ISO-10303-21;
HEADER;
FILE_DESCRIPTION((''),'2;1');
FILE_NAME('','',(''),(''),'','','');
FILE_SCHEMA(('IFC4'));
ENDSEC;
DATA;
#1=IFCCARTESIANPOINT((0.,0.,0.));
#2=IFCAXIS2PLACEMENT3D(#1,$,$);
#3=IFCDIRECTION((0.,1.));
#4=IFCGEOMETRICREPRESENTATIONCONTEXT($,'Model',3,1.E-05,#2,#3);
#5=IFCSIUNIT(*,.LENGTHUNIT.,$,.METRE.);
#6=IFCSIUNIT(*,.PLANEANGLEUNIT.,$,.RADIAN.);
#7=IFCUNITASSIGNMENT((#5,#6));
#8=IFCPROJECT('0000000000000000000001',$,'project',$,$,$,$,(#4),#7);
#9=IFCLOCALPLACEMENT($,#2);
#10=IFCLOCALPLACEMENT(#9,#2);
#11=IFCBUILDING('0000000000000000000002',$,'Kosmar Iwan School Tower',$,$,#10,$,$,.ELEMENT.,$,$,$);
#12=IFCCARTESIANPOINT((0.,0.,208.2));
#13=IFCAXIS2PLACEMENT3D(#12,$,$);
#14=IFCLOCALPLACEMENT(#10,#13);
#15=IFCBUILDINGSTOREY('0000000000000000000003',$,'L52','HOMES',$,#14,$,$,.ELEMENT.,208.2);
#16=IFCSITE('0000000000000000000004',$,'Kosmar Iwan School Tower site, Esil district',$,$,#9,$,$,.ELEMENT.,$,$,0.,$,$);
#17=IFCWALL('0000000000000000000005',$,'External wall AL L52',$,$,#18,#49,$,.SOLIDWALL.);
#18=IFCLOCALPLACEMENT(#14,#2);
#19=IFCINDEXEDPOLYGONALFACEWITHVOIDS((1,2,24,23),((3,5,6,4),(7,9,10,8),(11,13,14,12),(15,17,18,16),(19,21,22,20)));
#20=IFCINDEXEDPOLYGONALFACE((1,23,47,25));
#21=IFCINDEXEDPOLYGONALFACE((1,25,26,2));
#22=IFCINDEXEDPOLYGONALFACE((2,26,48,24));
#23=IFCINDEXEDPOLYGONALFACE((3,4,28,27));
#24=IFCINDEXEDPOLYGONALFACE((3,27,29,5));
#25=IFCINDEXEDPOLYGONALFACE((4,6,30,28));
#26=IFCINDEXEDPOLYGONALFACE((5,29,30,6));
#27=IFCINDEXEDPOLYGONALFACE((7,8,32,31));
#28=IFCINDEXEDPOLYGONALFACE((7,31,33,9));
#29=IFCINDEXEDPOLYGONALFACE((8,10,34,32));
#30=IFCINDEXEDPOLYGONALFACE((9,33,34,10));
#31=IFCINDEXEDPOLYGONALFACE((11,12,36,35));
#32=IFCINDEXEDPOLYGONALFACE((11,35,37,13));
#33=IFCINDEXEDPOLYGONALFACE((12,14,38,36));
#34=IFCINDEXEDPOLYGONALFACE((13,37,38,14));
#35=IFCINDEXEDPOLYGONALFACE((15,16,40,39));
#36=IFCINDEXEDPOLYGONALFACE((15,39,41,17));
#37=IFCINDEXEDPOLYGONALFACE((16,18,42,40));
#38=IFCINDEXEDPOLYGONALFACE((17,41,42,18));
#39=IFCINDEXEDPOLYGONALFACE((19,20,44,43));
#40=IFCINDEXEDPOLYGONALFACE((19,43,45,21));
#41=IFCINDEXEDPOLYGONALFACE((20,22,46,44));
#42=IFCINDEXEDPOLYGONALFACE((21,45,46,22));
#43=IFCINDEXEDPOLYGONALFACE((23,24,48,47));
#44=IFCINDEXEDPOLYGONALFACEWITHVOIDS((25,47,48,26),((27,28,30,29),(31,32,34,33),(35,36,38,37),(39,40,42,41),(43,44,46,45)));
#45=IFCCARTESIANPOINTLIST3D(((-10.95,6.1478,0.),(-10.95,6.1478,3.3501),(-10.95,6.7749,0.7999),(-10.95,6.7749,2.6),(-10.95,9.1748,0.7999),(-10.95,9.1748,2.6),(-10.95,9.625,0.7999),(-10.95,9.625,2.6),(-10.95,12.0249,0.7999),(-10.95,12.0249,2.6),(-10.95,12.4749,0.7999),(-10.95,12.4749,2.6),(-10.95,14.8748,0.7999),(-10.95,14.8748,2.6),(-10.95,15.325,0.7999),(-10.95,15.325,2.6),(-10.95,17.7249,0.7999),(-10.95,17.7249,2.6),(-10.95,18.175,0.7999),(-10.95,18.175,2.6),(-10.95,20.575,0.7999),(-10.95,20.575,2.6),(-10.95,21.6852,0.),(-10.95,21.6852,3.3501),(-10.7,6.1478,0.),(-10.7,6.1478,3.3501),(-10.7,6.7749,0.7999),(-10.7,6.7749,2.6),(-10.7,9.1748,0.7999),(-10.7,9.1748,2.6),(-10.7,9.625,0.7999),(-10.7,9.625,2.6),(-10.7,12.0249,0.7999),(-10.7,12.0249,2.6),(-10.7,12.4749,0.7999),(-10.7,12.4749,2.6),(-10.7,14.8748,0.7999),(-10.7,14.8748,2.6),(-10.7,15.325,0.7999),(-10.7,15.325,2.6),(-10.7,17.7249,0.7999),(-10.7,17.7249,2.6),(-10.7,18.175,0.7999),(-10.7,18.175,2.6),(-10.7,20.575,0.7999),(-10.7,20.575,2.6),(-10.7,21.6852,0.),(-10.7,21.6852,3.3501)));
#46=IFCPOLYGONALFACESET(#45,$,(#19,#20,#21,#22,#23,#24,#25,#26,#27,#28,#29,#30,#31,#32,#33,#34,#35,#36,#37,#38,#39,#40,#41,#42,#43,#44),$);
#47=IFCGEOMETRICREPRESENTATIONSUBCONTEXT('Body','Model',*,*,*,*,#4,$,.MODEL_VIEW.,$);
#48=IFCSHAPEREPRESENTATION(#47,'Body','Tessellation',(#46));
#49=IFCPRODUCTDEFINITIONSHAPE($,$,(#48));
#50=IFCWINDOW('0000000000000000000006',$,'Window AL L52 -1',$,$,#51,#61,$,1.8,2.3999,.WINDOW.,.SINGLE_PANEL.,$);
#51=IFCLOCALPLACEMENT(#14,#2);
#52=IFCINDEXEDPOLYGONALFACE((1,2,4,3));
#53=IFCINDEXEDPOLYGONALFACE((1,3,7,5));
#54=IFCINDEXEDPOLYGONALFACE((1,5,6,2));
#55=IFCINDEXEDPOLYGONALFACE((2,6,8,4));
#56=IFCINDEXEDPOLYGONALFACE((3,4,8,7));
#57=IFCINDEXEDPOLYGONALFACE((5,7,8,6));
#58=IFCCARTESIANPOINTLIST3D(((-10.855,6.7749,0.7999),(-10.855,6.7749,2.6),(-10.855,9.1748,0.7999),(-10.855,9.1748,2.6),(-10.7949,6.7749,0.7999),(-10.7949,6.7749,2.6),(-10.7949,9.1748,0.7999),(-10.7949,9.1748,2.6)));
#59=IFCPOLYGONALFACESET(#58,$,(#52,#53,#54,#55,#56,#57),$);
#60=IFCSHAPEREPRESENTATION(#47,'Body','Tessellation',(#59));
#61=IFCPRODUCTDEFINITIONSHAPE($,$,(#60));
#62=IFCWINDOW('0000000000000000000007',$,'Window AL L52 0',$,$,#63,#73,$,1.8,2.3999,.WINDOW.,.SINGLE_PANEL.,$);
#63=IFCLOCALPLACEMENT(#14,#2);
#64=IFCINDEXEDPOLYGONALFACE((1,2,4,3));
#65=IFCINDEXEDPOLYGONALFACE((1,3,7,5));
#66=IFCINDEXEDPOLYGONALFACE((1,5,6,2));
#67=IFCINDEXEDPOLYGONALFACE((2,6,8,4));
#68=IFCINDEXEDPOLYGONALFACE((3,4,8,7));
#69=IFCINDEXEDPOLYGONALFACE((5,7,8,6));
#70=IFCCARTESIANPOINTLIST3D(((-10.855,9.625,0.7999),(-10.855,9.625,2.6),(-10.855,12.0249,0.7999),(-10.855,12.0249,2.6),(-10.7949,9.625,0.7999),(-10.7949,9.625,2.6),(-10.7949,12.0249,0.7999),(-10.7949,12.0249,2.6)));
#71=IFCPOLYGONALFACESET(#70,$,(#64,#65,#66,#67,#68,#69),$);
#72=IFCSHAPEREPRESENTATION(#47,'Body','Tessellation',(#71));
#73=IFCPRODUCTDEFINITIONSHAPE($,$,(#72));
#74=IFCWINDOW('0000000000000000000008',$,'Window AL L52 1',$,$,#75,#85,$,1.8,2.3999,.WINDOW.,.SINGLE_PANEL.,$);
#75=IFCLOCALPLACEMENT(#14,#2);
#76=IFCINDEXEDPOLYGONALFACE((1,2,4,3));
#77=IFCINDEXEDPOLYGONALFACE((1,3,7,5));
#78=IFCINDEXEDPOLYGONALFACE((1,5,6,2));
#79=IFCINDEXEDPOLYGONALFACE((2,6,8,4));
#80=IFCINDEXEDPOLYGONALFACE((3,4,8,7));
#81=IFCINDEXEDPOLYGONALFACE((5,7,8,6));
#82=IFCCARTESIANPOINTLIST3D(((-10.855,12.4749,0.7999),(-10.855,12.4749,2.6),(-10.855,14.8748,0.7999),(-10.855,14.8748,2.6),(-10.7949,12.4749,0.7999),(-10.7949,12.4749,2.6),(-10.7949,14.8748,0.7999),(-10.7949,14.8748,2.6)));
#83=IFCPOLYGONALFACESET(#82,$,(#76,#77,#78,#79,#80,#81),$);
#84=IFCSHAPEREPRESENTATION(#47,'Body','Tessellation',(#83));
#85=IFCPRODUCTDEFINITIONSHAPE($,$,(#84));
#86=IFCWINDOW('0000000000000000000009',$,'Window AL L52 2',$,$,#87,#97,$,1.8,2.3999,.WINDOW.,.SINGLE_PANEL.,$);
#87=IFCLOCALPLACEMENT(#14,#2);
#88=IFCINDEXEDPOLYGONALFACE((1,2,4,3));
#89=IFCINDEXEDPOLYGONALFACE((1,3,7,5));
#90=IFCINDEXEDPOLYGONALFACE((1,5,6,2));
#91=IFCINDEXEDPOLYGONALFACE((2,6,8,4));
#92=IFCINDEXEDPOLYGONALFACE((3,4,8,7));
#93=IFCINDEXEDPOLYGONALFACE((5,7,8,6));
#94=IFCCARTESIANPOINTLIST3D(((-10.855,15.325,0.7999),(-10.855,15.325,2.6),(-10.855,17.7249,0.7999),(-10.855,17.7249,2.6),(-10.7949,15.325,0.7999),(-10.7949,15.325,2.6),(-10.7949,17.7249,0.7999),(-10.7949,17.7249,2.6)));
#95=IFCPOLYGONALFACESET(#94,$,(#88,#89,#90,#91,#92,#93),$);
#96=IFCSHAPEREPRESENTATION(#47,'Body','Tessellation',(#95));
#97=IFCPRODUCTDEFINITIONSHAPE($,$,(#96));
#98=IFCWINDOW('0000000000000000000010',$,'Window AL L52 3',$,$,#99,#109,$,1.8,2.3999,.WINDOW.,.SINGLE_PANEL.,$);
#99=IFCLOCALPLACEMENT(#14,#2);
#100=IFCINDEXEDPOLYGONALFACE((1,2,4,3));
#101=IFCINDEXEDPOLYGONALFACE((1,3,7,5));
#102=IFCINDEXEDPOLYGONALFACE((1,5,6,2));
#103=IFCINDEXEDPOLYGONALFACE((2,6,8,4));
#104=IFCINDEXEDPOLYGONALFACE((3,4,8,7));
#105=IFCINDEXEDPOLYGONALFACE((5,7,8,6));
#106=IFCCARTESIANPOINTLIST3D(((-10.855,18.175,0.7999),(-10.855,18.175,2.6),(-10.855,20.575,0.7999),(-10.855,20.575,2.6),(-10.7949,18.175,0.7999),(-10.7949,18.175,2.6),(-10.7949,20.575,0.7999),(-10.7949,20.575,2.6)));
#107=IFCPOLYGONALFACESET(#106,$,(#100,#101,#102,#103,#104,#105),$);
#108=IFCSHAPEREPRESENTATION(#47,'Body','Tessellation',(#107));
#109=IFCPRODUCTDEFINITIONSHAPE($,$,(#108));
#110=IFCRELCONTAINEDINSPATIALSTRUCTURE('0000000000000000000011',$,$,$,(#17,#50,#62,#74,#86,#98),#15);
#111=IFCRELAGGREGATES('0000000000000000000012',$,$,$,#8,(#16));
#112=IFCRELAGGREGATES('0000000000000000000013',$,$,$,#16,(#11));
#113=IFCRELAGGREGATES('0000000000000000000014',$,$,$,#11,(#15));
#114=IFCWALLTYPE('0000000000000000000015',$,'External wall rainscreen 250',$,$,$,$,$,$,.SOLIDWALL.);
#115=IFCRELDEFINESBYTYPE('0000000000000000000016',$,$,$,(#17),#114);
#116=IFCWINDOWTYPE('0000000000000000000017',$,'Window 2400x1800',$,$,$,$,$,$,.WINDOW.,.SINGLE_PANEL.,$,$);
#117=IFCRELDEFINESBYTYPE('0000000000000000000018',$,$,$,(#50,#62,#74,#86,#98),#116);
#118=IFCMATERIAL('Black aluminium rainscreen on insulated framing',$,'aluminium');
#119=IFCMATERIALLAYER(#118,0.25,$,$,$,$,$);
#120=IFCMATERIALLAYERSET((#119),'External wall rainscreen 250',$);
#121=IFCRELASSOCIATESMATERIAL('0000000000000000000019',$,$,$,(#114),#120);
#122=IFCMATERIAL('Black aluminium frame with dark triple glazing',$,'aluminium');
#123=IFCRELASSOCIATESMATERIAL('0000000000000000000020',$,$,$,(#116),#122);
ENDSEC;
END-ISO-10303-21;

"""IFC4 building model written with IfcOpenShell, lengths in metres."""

from ifc_helpers import new_model, si_unit, direction, frame, frame_2d, origin, place, context, subcontext, project, spatial, rectangle, extrude, material, layer, layer_set, type_object, element, fill, save


model = new_model("IFC4")

# Units and contexts
model_context = context("Model", 3, precision=1e-05, world=origin(), true_north=direction((0.0, 1.0)))
body_context = subcontext(model_context, "Body", "Model", "MODEL_VIEW")
ifc_project = project(units=[si_unit("LENGTHUNIT", "METRE"), si_unit("PLANEANGLEUNIT", "RADIAN")], contexts=[model_context])

# Site, building, storey
site_placement = place(None, origin())
site = spatial("IfcSite", under=ifc_project, at=site_placement, Name="Kosmar Iwan School Tower site, Esil district", CompositionType="ELEMENT", RefElevation=0.0)
building_placement = place(site_placement, origin())
building = spatial("IfcBuilding", under=site, at=building_placement, Name="Kosmar Iwan School Tower", CompositionType="ELEMENT")
storey_placement = place(building_placement, frame((0.0, 0.0, 208.2)))
storey = spatial("IfcBuildingStorey", under=building, at=storey_placement, Name="L52", Description="HOMES", CompositionType="ELEMENT", Elevation=208.2)

# Wall, openings, windows
ifc_material_1 = material(Name="Black aluminium rainscreen on insulated framing", Category="aluminium")
ifc_layer_1 = layer(ifc_material_1, 0.25)
ifc_layer_set_1 = layer_set([ifc_layer_1], Name="External wall rainscreen 250")
wall_type_1 = type_object("IfcWallType", Name="External wall rainscreen 250", PredefinedType="SOLIDWALL", material=ifc_layer_set_1)
wall_1_placement = place(storey_placement, frame((-10.825, 6.1479, 0.0), z_axis=(0.0, 0.0, 1.0), x_axis=(0.0, 1.0, 0.0)))
wall_1 = element("IfcWall", 1, at=wall_1_placement, inside=storey, type_object=wall_type_1, Name="External wall AL L52", PredefinedType="SOLIDWALL", context=body_context, shape_type="SweptSolid", body=[
    extrude(rectangle(XDim=15.5374, YDim=0.25, at=frame_2d((7.7686, 0.0))), origin(), (0.0, 0.0, 1.0), 3.3501),
])
opening_1_placement = place(wall_1_placement, frame((0.627, 0.0, 0.8)))
opening_1 = element("IfcOpeningElement", 2, at=opening_1_placement, cuts=wall_1, PredefinedType="OPENING", context=body_context, shape_type="SweptSolid", body=[
    extrude(rectangle(XDim=2.3999, YDim=1.8, at=frame_2d((1.2, 0.8999))), frame((0.0, 0.137, 0.0), z_axis=(0.0, -1.0, 0.0), x_axis=(1.0, 0.0, 0.0)), (0.0, 0.0, 1.0), 0.2739),
])
opening_2_placement = place(wall_1_placement, frame((3.4771, 0.0, 0.8)))
opening_2 = element("IfcOpeningElement", 3, at=opening_2_placement, cuts=wall_1, PredefinedType="OPENING", context=body_context, shape_type="SweptSolid", body=[
    extrude(rectangle(XDim=2.3999, YDim=1.8, at=frame_2d((1.2, 0.8999))), frame((0.0, 0.137, 0.0), z_axis=(0.0, -1.0, 0.0), x_axis=(1.0, 0.0, 0.0)), (0.0, 0.0, 1.0), 0.2739),
])
opening_3_placement = place(wall_1_placement, frame((6.3269, 0.0, 0.8)))
opening_3 = element("IfcOpeningElement", 4, at=opening_3_placement, cuts=wall_1, PredefinedType="OPENING", context=body_context, shape_type="SweptSolid", body=[
    extrude(rectangle(XDim=2.3999, YDim=1.8, at=frame_2d((1.2, 0.8999))), frame((0.0, 0.137, 0.0), z_axis=(0.0, -1.0, 0.0), x_axis=(1.0, 0.0, 0.0)), (0.0, 0.0, 1.0), 0.2739),
])
opening_4_placement = place(wall_1_placement, frame((9.177, 0.0, 0.8)))
opening_4 = element("IfcOpeningElement", 5, at=opening_4_placement, cuts=wall_1, PredefinedType="OPENING", context=body_context, shape_type="SweptSolid", body=[
    extrude(rectangle(XDim=2.3999, YDim=1.8, at=frame_2d((1.2, 0.8999))), frame((0.0, 0.137, 0.0), z_axis=(0.0, -1.0, 0.0), x_axis=(1.0, 0.0, 0.0)), (0.0, 0.0, 1.0), 0.2739),
])
opening_5_placement = place(wall_1_placement, frame((12.0271, 0.0, 0.8)))
opening_5 = element("IfcOpeningElement", 6, at=opening_5_placement, cuts=wall_1, PredefinedType="OPENING", context=body_context, shape_type="SweptSolid", body=[
    extrude(rectangle(XDim=2.3999, YDim=1.8, at=frame_2d((1.2, 0.8999))), frame((0.0, 0.137, 0.0), z_axis=(0.0, -1.0, 0.0), x_axis=(1.0, 0.0, 0.0)), (0.0, 0.0, 1.0), 0.2739),
])
ifc_material_2 = material(Name="Black aluminium frame with dark triple glazing", Category="aluminium")
window_type = type_object("IfcWindowType", Name="Window 2400x1800", PartitioningType="SINGLE_PANEL", PredefinedType="WINDOW", material=ifc_material_2)
window_1_placement = place(opening_1_placement, origin())
window_1 = element("IfcWindow", 7, at=window_1_placement, inside=storey, type_object=window_type, Name="Window AL L52 -1", OverallHeight=1.8, OverallWidth=2.3999, PartitioningType="SINGLE_PANEL", PredefinedType="WINDOW", context=body_context, shape_type="SweptSolid", body=[
    extrude(rectangle(XDim=2.3999, YDim=1.8, at=frame_2d((1.2, 0.8999))), frame((0.0, 0.03, 0.0), z_axis=(0.0, -1.0, 0.0), x_axis=(1.0, 0.0, 0.0)), (0.0, 0.0, 1.0), 0.0601),
])
fill(opening_1, window_1)
window_2_placement = place(opening_2_placement, origin())
window_2 = element("IfcWindow", 8, at=window_2_placement, inside=storey, type_object=window_type, Name="Window AL L52 0", OverallHeight=1.8, OverallWidth=2.3999, PartitioningType="SINGLE_PANEL", PredefinedType="WINDOW", context=body_context, shape_type="SweptSolid", body=[
    extrude(rectangle(XDim=2.3999, YDim=1.8, at=frame_2d((1.2, 0.8999))), frame((0.0, 0.03, 0.0), z_axis=(0.0, -1.0, 0.0), x_axis=(1.0, 0.0, 0.0)), (0.0, 0.0, 1.0), 0.0601),
])
fill(opening_2, window_2)
window_3_placement = place(opening_3_placement, origin())
window_3 = element("IfcWindow", 9, at=window_3_placement, inside=storey, type_object=window_type, Name="Window AL L52 1", OverallHeight=1.8, OverallWidth=2.3999, PartitioningType="SINGLE_PANEL", PredefinedType="WINDOW", context=body_context, shape_type="SweptSolid", body=[
    extrude(rectangle(XDim=2.3999, YDim=1.8, at=frame_2d((1.2, 0.8999))), frame((0.0, 0.03, 0.0), z_axis=(0.0, -1.0, 0.0), x_axis=(1.0, 0.0, 0.0)), (0.0, 0.0, 1.0), 0.0601),
])
fill(opening_3, window_3)
window_4_placement = place(opening_4_placement, origin())
window_4 = element("IfcWindow", 10, at=window_4_placement, inside=storey, type_object=window_type, Name="Window AL L52 2", OverallHeight=1.8, OverallWidth=2.3999, PartitioningType="SINGLE_PANEL", PredefinedType="WINDOW", context=body_context, shape_type="SweptSolid", body=[
    extrude(rectangle(XDim=2.3999, YDim=1.8, at=frame_2d((1.2, 0.8999))), frame((0.0, 0.03, 0.0), z_axis=(0.0, -1.0, 0.0), x_axis=(1.0, 0.0, 0.0)), (0.0, 0.0, 1.0), 0.0601),
])
fill(opening_4, window_4)
window_5_placement = place(opening_5_placement, origin())
window_5 = element("IfcWindow", 11, at=window_5_placement, inside=storey, type_object=window_type, Name="Window AL L52 3", OverallHeight=1.8, OverallWidth=2.3999, PartitioningType="SINGLE_PANEL", PredefinedType="WINDOW", context=body_context, shape_type="SweptSolid", body=[
    extrude(rectangle(XDim=2.3999, YDim=1.8, at=frame_2d((1.2, 0.8999))), frame((0.0, 0.03, 0.0), z_axis=(0.0, -1.0, 0.0), x_axis=(1.0, 0.0, 0.0)), (0.0, 0.0, 1.0), 0.0601),
])
fill(opening_5, window_5)

save(model, "model.ifc")
